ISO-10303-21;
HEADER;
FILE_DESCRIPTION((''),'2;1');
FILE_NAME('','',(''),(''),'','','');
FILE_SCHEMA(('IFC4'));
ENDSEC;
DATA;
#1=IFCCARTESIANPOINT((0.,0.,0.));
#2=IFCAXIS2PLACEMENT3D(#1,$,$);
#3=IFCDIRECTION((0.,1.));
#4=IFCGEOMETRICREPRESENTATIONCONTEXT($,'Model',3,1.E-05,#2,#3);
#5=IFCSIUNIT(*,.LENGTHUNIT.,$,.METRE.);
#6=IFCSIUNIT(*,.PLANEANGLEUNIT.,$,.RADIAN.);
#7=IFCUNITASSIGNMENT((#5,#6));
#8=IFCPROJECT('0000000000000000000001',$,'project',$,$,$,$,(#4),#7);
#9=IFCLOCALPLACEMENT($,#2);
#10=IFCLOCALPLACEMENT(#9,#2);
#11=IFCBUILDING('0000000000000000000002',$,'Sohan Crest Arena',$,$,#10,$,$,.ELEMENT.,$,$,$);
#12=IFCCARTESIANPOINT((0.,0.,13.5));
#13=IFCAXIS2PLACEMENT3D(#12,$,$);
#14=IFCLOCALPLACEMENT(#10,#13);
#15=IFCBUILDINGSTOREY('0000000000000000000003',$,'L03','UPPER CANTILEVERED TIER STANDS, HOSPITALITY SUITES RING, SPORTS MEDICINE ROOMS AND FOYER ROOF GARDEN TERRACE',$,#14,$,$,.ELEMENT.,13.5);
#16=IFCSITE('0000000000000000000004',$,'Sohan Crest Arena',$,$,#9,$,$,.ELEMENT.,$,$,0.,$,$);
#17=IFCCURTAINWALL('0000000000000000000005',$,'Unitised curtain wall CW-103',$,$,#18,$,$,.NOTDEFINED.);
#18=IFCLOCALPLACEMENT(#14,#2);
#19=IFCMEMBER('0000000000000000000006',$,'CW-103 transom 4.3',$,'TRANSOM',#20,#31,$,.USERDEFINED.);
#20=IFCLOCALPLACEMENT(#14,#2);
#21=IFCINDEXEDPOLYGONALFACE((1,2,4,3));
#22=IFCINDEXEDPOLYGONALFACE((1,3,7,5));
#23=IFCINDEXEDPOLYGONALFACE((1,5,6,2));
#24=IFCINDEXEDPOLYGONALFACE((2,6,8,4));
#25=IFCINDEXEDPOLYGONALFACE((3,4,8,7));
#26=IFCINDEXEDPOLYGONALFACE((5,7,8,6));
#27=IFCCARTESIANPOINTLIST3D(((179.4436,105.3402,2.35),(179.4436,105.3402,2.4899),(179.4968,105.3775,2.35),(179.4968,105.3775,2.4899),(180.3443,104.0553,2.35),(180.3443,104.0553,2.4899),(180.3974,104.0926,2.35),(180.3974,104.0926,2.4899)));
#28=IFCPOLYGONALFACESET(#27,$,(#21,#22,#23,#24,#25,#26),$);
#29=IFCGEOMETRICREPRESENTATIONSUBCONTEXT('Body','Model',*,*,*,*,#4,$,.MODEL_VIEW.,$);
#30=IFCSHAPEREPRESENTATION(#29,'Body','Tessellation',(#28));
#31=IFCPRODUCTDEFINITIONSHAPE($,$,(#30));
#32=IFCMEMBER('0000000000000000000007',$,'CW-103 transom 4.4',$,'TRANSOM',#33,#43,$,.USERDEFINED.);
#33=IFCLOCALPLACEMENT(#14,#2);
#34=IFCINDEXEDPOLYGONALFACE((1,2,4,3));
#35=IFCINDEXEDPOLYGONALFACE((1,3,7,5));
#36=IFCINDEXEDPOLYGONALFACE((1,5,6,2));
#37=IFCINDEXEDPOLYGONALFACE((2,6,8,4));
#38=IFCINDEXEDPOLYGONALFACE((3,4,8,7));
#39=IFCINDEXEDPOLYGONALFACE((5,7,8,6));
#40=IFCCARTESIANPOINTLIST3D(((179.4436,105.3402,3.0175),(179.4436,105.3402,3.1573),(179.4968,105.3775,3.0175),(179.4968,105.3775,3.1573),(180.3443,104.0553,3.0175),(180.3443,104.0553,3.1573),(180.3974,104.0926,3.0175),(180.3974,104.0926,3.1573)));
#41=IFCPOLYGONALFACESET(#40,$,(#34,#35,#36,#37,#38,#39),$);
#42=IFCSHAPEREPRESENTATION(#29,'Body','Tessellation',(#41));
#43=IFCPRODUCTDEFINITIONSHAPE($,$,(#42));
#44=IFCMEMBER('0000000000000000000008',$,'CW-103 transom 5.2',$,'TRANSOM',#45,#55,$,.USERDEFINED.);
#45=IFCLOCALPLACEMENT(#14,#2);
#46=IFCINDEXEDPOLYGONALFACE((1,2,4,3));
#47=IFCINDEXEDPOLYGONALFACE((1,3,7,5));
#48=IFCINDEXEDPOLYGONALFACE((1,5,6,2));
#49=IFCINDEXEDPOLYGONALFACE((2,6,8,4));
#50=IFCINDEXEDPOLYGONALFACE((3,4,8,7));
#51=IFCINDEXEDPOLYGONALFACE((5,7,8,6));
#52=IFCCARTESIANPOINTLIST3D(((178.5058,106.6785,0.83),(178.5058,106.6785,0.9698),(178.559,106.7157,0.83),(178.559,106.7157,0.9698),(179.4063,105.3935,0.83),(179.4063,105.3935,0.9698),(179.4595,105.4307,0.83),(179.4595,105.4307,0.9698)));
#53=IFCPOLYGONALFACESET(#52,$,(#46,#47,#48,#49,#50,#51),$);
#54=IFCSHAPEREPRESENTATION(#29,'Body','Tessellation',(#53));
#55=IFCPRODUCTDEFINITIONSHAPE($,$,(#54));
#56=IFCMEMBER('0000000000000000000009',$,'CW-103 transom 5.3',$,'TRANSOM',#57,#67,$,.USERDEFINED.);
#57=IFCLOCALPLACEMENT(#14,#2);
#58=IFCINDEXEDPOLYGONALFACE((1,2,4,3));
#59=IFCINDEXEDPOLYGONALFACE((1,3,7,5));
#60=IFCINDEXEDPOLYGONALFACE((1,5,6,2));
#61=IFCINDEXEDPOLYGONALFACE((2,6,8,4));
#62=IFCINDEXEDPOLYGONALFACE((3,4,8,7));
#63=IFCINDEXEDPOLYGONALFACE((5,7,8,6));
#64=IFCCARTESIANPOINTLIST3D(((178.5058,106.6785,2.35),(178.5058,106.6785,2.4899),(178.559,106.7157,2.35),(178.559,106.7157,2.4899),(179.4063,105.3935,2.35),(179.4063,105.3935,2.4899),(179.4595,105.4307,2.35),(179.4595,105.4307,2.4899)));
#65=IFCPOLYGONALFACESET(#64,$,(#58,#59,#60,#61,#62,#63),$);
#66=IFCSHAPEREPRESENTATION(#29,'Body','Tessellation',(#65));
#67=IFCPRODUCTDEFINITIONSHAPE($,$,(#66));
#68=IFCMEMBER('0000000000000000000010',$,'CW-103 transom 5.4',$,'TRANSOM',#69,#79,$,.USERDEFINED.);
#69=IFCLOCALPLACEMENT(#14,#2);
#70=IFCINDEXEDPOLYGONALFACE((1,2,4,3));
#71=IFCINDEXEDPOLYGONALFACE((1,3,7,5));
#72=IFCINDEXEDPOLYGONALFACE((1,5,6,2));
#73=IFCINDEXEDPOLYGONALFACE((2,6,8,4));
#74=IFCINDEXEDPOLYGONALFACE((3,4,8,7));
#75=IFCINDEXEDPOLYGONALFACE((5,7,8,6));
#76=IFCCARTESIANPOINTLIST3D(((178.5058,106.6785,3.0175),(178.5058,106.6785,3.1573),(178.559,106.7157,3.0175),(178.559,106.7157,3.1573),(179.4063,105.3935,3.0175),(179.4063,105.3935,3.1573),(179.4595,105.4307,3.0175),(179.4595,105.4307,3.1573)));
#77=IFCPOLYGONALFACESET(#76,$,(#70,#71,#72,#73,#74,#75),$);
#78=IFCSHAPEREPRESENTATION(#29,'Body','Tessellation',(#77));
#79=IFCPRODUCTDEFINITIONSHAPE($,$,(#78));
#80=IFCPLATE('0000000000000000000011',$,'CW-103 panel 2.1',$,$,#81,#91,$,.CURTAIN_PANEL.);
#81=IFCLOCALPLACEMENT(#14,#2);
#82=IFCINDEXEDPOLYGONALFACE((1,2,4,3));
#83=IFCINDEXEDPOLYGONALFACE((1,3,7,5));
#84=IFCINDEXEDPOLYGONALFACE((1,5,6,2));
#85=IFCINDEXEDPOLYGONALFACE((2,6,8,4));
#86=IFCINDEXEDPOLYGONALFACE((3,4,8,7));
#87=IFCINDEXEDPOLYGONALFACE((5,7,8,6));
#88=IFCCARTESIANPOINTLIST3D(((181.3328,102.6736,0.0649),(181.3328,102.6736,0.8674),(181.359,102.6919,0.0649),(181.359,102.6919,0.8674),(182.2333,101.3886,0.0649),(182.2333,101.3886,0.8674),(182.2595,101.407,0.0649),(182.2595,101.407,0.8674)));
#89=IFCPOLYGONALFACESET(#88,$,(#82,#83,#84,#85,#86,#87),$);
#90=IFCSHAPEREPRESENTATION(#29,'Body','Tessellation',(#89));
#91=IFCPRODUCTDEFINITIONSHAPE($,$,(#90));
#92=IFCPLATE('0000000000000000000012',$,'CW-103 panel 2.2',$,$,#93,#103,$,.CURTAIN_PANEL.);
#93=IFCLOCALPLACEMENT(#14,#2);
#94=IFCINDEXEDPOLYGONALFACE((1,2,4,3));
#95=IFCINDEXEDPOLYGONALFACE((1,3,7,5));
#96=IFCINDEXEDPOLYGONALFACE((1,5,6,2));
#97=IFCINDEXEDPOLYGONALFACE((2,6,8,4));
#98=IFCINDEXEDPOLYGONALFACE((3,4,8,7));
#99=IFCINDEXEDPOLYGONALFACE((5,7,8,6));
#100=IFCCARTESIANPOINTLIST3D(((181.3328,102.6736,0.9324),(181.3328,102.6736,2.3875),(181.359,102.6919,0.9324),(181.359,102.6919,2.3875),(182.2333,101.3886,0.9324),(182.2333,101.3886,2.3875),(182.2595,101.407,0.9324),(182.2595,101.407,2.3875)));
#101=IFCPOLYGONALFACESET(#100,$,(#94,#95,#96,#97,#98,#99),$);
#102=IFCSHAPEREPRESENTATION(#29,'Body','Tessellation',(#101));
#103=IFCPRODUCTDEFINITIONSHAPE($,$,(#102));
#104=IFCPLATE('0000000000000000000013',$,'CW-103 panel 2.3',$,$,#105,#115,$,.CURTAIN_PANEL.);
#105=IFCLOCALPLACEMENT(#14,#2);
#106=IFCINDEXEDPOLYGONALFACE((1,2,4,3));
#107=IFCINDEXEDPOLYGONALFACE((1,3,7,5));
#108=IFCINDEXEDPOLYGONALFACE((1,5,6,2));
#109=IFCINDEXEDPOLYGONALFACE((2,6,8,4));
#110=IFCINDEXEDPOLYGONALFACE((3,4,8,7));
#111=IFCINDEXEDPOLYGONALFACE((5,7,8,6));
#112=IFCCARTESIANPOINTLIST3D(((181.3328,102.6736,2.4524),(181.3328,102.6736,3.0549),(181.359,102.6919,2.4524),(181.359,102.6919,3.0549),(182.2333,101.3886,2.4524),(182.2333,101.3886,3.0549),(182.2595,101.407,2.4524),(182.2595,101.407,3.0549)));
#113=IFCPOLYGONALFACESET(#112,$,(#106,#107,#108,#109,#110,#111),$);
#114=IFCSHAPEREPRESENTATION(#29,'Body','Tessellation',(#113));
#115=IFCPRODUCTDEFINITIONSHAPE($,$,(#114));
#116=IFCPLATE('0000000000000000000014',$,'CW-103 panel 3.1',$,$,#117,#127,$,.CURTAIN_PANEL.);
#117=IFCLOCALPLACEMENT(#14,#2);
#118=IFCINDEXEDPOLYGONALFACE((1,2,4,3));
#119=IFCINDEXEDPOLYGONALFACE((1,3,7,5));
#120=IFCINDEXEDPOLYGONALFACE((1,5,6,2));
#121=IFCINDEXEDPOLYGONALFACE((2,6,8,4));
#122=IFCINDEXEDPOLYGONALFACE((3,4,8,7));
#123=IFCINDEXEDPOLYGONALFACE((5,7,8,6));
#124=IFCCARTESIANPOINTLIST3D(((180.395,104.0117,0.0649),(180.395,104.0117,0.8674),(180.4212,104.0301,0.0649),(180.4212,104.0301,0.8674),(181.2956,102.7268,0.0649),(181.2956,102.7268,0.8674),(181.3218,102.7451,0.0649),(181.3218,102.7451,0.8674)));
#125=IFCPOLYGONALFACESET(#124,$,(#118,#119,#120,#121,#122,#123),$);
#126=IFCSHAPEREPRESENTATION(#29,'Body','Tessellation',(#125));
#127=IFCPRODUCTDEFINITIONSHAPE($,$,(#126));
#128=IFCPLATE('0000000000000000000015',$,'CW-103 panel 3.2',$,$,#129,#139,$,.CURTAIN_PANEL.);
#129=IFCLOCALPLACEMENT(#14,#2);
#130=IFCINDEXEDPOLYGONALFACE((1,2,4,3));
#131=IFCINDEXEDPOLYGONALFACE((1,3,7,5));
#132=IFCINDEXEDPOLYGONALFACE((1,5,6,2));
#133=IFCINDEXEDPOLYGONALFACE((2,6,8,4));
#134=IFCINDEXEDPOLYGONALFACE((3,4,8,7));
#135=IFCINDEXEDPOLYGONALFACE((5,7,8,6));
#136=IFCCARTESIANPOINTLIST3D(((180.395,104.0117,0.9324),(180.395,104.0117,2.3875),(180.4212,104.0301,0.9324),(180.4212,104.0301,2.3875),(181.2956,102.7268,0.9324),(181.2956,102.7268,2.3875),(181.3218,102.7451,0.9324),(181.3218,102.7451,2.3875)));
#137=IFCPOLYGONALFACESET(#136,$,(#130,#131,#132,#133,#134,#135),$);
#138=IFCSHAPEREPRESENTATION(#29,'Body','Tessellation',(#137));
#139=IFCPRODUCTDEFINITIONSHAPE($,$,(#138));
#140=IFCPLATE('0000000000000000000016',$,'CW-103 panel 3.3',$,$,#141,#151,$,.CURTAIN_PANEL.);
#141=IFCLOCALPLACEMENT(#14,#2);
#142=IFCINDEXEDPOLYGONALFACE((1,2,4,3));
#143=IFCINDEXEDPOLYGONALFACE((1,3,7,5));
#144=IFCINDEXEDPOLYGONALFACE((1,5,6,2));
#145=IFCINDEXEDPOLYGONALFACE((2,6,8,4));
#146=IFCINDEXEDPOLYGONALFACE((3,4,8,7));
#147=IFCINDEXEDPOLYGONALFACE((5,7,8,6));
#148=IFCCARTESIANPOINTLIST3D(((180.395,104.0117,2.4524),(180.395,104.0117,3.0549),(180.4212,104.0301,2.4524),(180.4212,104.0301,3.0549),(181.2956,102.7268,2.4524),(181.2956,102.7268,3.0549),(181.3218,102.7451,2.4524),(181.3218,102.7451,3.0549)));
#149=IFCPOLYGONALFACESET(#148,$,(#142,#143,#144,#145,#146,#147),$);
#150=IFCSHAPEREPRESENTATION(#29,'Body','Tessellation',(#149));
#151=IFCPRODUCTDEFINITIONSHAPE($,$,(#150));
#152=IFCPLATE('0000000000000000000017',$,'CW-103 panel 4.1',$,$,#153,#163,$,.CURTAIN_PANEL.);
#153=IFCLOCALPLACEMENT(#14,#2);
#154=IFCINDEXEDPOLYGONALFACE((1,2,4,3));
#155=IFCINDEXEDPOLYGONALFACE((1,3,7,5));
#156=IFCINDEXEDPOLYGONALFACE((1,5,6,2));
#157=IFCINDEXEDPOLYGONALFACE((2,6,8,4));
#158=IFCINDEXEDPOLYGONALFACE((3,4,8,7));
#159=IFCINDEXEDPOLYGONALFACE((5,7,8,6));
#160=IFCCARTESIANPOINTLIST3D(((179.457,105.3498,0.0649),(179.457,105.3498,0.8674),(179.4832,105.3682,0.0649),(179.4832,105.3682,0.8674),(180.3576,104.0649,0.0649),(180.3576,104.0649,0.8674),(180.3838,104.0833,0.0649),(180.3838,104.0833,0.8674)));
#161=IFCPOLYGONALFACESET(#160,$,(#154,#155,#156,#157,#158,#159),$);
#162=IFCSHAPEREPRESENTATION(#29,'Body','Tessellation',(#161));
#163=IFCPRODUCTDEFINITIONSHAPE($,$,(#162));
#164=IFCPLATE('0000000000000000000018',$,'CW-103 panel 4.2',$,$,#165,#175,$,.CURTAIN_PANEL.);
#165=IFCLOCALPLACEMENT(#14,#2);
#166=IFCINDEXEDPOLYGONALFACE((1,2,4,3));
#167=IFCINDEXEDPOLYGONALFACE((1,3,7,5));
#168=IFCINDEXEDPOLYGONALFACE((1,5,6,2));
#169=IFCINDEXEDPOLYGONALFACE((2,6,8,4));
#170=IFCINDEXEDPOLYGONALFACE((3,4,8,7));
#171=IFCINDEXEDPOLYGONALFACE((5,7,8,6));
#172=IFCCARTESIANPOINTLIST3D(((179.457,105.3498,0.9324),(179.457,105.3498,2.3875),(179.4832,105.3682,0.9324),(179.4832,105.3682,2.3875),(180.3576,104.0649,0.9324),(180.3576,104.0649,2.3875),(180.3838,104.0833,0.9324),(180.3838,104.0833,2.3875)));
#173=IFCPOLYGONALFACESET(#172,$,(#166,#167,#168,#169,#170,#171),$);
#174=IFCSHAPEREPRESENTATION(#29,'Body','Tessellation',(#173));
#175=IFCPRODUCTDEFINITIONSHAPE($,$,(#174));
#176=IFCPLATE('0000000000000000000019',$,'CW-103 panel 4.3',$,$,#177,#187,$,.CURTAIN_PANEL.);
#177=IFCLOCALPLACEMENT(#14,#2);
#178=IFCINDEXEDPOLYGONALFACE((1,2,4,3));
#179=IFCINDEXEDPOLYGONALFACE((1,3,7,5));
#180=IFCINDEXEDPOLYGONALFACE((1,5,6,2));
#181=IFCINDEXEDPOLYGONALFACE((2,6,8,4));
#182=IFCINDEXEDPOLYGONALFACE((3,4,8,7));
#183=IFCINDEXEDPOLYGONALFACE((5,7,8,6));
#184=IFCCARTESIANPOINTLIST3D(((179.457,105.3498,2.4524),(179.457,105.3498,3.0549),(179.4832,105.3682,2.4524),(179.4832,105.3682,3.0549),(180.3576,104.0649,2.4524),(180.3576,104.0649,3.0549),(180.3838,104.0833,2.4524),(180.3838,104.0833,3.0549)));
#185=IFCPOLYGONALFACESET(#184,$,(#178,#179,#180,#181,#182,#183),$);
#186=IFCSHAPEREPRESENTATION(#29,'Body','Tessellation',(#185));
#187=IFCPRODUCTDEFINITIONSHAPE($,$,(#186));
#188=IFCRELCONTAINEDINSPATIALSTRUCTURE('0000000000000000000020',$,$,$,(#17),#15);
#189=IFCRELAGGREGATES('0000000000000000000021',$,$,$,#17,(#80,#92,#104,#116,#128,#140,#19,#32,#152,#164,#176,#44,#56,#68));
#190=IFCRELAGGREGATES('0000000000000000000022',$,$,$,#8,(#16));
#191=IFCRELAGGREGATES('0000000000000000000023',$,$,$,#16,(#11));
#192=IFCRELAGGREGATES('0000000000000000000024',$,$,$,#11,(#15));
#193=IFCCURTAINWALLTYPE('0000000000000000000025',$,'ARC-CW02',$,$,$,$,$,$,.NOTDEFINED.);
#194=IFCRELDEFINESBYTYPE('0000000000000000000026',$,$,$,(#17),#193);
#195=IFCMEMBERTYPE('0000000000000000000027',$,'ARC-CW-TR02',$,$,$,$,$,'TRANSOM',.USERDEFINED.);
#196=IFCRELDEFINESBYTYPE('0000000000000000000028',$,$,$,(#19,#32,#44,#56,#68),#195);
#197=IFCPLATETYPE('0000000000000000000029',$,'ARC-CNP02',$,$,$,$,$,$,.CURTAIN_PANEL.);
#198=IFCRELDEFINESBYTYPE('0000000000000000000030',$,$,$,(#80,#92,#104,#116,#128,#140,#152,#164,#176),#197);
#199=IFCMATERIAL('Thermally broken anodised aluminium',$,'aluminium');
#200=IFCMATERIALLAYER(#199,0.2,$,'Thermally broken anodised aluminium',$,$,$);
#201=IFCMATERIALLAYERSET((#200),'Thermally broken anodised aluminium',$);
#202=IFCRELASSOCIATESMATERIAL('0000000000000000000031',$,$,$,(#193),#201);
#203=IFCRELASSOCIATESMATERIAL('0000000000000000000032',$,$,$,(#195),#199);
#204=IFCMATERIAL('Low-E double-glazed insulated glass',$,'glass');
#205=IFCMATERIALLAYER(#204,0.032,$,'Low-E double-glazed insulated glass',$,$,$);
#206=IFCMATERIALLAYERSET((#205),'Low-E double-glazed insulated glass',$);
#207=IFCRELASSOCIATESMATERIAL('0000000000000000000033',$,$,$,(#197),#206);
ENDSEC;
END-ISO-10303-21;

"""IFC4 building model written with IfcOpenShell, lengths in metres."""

from ifc_helpers import new_model, si_unit, direction, frame, origin, origin_2d, place, context, subcontext, project, spatial, rectangle, extrude, material, layer, layer_set, material_profile, profile_set, type_object, element, aggregate, save


model = new_model("IFC4")

# Units and contexts
model_context = context("Model", 3, precision=1e-05, world=origin(), true_north=direction((0.0, 1.0)))
body_context = subcontext(model_context, "Body", "Model", "MODEL_VIEW")
ifc_project = project(units=[si_unit("LENGTHUNIT", "METRE"), si_unit("PLANEANGLEUNIT", "RADIAN")], contexts=[model_context])

# Site, building, storey
site_placement = place(None, origin())
site = spatial("IfcSite", under=ifc_project, at=site_placement, Name="Sohan Crest Arena", CompositionType="ELEMENT", RefElevation=0.0)
building_placement = place(site_placement, origin())
building = spatial("IfcBuilding", under=site, at=building_placement, Name="Sohan Crest Arena", CompositionType="ELEMENT")
storey_placement = place(building_placement, frame((0.0, 0.0, 13.5)))
storey = spatial("IfcBuildingStorey", under=building, at=storey_placement, Name="L03", Description="UPPER CANTILEVERED TIER STANDS, HOSPITALITY SUITES RING, SPORTS MEDICINE ROOMS AND FOYER ROOF GARDEN TERRACE", CompositionType="ELEMENT", Elevation=13.5)

# Curtain wall, members, plates
ifc_material_1 = material(Name="Thermally broken anodised aluminium", Category="aluminium")
ifc_layer_1 = layer(ifc_material_1, 0.2, Name="Thermally broken anodised aluminium")
ifc_layer_set_1 = layer_set([ifc_layer_1], Name="Thermally broken anodised aluminium")
curtain_wall_type = type_object("IfcCurtainWallType", Name="ARC-CW02", PredefinedType="NOTDEFINED", material=ifc_layer_set_1)
curtain_wall_placement = place(storey_placement, origin())
curtain_wall = element("IfcCurtainWall", 1, at=curtain_wall_placement, inside=storey, type_object=curtain_wall_type, Name="Unitised curtain wall CW-103", PredefinedType="NOTDEFINED")
ifc_material_profile_1 = material_profile(ifc_material_1, rectangle(XDim=0.0649, YDim=0.1399, at=origin_2d()), Name="ALU-TRAN 65x140")
ifc_profile_set_1 = profile_set([ifc_material_profile_1], Name="Thermally broken anodised aluminium")
member_type_1 = type_object("IfcMemberType", Name="ARC-CW-TR02", ElementType="TRANSOM", PredefinedType="USERDEFINED", material=ifc_profile_set_1)
member_1_placement = place(storey_placement, frame((180.3708, 104.074, 2.4199), z_axis=(-0.573974, 0.818874, 0.0), x_axis=(-0.818874, -0.573974, 0.0)))
member_1 = element("IfcMember", 2, at=member_1_placement, type_object=member_type_1, Name="CW-103 transom 4.3", ObjectType="TRANSOM", PredefinedType="USERDEFINED", context=body_context, shape_type="SweptSolid", body=[
    extrude(rectangle(XDim=0.0649, YDim=0.1399, at=origin_2d()), origin(), (0.0, 0.0, 1.0), 1.5691),
])
member_2_placement = place(storey_placement, frame((180.3708, 104.074, 3.0874), z_axis=(-0.573974, 0.818874, 0.0), x_axis=(-0.818874, -0.573974, 0.0)))
member_2 = element("IfcMember", 3, at=member_2_placement, type_object=member_type_1, Name="CW-103 transom 4.4", ObjectType="TRANSOM", PredefinedType="USERDEFINED", context=body_context, shape_type="SweptSolid", body=[
    extrude(rectangle(XDim=0.0649, YDim=0.1399, at=origin_2d()), origin(), (0.0, 0.0, 1.0), 1.5691),
])
member_3_placement = place(storey_placement, frame((179.4329, 105.4121, 0.8999), z_axis=(-0.57387, 0.818947, 0.0), x_axis=(-0.818947, -0.57387, 0.0)))
member_3 = element("IfcMember", 4, at=member_3_placement, type_object=member_type_1, Name="CW-103 transom 5.2", ObjectType="TRANSOM", PredefinedType="USERDEFINED", context=body_context, shape_type="SweptSolid", body=[
    extrude(rectangle(XDim=0.0649, YDim=0.1399, at=origin_2d()), origin(), (0.0, 0.0, 1.0), 1.5691),
])
member_4_placement = place(storey_placement, frame((179.4329, 105.4121, 2.4199), z_axis=(-0.57387, 0.818947, 0.0), x_axis=(-0.818947, -0.57387, 0.0)))
member_4 = element("IfcMember", 5, at=member_4_placement, type_object=member_type_1, Name="CW-103 transom 5.3", ObjectType="TRANSOM", PredefinedType="USERDEFINED", context=body_context, shape_type="SweptSolid", body=[
    extrude(rectangle(XDim=0.0649, YDim=0.1399, at=origin_2d()), origin(), (0.0, 0.0, 1.0), 1.5691),
])
member_5_placement = place(storey_placement, frame((179.4329, 105.4121, 3.0874), z_axis=(-0.57387, 0.818947, 0.0), x_axis=(-0.818947, -0.57387, 0.0)))
member_5 = element("IfcMember", 6, at=member_5_placement, type_object=member_type_1, Name="CW-103 transom 5.4", ObjectType="TRANSOM", PredefinedType="USERDEFINED", context=body_context, shape_type="SweptSolid", body=[
    extrude(rectangle(XDim=0.0649, YDim=0.1399, at=origin_2d()), origin(), (0.0, 0.0, 1.0), 1.5691),
])
ifc_material_2 = material(Name="Low-E double-glazed insulated glass", Category="glass")
ifc_layer_2 = layer(ifc_material_2, 0.032, Name="Low-E double-glazed insulated glass")
ifc_layer_set_2 = layer_set([ifc_layer_2], Name="Low-E double-glazed insulated glass")
plate_type = type_object("IfcPlateType", Name="ARC-CNP02", PredefinedType="CURTAIN_PANEL", material=ifc_layer_set_2)
plate_1_placement = place(storey_placement, frame((181.7961, 102.0403, 0.0649), z_axis=(0.0, 0.0, 1.0), x_axis=(-0.573938, 0.818899, 0.0)))
plate_1 = element("IfcPlate", 7, at=plate_1_placement, type_object=plate_type, Name="CW-103 panel 2.1", PredefinedType="CURTAIN_PANEL", context=body_context, shape_type="SweptSolid", body=[
    extrude(rectangle(XDim=1.5691, YDim=0.032, at=origin_2d()), origin(), (0.0, 0.0, 1.0), 0.8025),
])
plate_2_placement = place(storey_placement, frame((181.7961, 102.0403, 0.9324), z_axis=(0.0, 0.0, 1.0), x_axis=(-0.573938, 0.818899, 0.0)))
plate_2 = element("IfcPlate", 8, at=plate_2_placement, type_object=plate_type, Name="CW-103 panel 2.2", PredefinedType="CURTAIN_PANEL", context=body_context, shape_type="SweptSolid", body=[
    extrude(rectangle(XDim=1.5691, YDim=0.032, at=origin_2d()), origin(), (0.0, 0.0, 1.0), 1.4551),
])
plate_3_placement = place(storey_placement, frame((181.7961, 102.0403, 2.4524), z_axis=(0.0, 0.0, 1.0), x_axis=(-0.573938, 0.818899, 0.0)))
plate_3 = element("IfcPlate", 9, at=plate_3_placement, type_object=plate_type, Name="CW-103 panel 2.3", PredefinedType="CURTAIN_PANEL", context=body_context, shape_type="SweptSolid", body=[
    extrude(rectangle(XDim=1.5691, YDim=0.032, at=origin_2d()), origin(), (0.0, 0.0, 1.0), 0.6025),
])
plate_4_placement = place(storey_placement, frame((180.8584, 103.3784, 0.0649), z_axis=(0.0, 0.0, 1.0), x_axis=(-0.573938, 0.818899, 0.0)))
plate_4 = element("IfcPlate", 10, at=plate_4_placement, type_object=plate_type, Name="CW-103 panel 3.1", PredefinedType="CURTAIN_PANEL", context=body_context, shape_type="SweptSolid", body=[
    extrude(rectangle(XDim=1.5691, YDim=0.032, at=origin_2d()), origin(), (0.0, 0.0, 1.0), 0.8025),
])
plate_5_placement = place(storey_placement, frame((180.8584, 103.3784, 0.9324), z_axis=(0.0, 0.0, 1.0), x_axis=(-0.573938, 0.818899, 0.0)))
plate_5 = element("IfcPlate", 11, at=plate_5_placement, type_object=plate_type, Name="CW-103 panel 3.2", PredefinedType="CURTAIN_PANEL", context=body_context, shape_type="SweptSolid", body=[
    extrude(rectangle(XDim=1.5691, YDim=0.032, at=origin_2d()), origin(), (0.0, 0.0, 1.0), 1.4551),
])
plate_6_placement = place(storey_placement, frame((180.8584, 103.3784, 2.4524), z_axis=(0.0, 0.0, 1.0), x_axis=(-0.573938, 0.818899, 0.0)))
plate_6 = element("IfcPlate", 12, at=plate_6_placement, type_object=plate_type, Name="CW-103 panel 3.3", PredefinedType="CURTAIN_PANEL", context=body_context, shape_type="SweptSolid", body=[
    extrude(rectangle(XDim=1.5691, YDim=0.032, at=origin_2d()), origin(), (0.0, 0.0, 1.0), 0.6025),
])
plate_7_placement = place(storey_placement, frame((179.9204, 104.7166, 0.0649), z_axis=(0.0, 0.0, 1.0), x_axis=(-0.573938, 0.818899, 0.0)))
plate_7 = element("IfcPlate", 13, at=plate_7_placement, type_object=plate_type, Name="CW-103 panel 4.1", PredefinedType="CURTAIN_PANEL", context=body_context, shape_type="SweptSolid", body=[
    extrude(rectangle(XDim=1.5691, YDim=0.032, at=origin_2d()), origin(), (0.0, 0.0, 1.0), 0.8025),
])
plate_8_placement = place(storey_placement, frame((179.9204, 104.7166, 0.9324), z_axis=(0.0, 0.0, 1.0), x_axis=(-0.573938, 0.818899, 0.0)))
plate_8 = element("IfcPlate", 14, at=plate_8_placement, type_object=plate_type, Name="CW-103 panel 4.2", PredefinedType="CURTAIN_PANEL", context=body_context, shape_type="SweptSolid", body=[
    extrude(rectangle(XDim=1.5691, YDim=0.032, at=origin_2d()), origin(), (0.0, 0.0, 1.0), 1.4551),
])
plate_9_placement = place(storey_placement, frame((179.9204, 104.7166, 2.4524), z_axis=(0.0, 0.0, 1.0), x_axis=(-0.573938, 0.818899, 0.0)))
plate_9 = element("IfcPlate", 15, at=plate_9_placement, type_object=plate_type, Name="CW-103 panel 4.3", PredefinedType="CURTAIN_PANEL", context=body_context, shape_type="SweptSolid", body=[
    extrude(rectangle(XDim=1.5691, YDim=0.032, at=origin_2d()), origin(), (0.0, 0.0, 1.0), 0.6025),
])
aggregate(curtain_wall, [plate_1, plate_2, plate_3, plate_4, plate_5, plate_6, member_1, member_2, plate_7, plate_8, plate_9, member_3, member_4, member_5])

save(model, "model.ifc")
